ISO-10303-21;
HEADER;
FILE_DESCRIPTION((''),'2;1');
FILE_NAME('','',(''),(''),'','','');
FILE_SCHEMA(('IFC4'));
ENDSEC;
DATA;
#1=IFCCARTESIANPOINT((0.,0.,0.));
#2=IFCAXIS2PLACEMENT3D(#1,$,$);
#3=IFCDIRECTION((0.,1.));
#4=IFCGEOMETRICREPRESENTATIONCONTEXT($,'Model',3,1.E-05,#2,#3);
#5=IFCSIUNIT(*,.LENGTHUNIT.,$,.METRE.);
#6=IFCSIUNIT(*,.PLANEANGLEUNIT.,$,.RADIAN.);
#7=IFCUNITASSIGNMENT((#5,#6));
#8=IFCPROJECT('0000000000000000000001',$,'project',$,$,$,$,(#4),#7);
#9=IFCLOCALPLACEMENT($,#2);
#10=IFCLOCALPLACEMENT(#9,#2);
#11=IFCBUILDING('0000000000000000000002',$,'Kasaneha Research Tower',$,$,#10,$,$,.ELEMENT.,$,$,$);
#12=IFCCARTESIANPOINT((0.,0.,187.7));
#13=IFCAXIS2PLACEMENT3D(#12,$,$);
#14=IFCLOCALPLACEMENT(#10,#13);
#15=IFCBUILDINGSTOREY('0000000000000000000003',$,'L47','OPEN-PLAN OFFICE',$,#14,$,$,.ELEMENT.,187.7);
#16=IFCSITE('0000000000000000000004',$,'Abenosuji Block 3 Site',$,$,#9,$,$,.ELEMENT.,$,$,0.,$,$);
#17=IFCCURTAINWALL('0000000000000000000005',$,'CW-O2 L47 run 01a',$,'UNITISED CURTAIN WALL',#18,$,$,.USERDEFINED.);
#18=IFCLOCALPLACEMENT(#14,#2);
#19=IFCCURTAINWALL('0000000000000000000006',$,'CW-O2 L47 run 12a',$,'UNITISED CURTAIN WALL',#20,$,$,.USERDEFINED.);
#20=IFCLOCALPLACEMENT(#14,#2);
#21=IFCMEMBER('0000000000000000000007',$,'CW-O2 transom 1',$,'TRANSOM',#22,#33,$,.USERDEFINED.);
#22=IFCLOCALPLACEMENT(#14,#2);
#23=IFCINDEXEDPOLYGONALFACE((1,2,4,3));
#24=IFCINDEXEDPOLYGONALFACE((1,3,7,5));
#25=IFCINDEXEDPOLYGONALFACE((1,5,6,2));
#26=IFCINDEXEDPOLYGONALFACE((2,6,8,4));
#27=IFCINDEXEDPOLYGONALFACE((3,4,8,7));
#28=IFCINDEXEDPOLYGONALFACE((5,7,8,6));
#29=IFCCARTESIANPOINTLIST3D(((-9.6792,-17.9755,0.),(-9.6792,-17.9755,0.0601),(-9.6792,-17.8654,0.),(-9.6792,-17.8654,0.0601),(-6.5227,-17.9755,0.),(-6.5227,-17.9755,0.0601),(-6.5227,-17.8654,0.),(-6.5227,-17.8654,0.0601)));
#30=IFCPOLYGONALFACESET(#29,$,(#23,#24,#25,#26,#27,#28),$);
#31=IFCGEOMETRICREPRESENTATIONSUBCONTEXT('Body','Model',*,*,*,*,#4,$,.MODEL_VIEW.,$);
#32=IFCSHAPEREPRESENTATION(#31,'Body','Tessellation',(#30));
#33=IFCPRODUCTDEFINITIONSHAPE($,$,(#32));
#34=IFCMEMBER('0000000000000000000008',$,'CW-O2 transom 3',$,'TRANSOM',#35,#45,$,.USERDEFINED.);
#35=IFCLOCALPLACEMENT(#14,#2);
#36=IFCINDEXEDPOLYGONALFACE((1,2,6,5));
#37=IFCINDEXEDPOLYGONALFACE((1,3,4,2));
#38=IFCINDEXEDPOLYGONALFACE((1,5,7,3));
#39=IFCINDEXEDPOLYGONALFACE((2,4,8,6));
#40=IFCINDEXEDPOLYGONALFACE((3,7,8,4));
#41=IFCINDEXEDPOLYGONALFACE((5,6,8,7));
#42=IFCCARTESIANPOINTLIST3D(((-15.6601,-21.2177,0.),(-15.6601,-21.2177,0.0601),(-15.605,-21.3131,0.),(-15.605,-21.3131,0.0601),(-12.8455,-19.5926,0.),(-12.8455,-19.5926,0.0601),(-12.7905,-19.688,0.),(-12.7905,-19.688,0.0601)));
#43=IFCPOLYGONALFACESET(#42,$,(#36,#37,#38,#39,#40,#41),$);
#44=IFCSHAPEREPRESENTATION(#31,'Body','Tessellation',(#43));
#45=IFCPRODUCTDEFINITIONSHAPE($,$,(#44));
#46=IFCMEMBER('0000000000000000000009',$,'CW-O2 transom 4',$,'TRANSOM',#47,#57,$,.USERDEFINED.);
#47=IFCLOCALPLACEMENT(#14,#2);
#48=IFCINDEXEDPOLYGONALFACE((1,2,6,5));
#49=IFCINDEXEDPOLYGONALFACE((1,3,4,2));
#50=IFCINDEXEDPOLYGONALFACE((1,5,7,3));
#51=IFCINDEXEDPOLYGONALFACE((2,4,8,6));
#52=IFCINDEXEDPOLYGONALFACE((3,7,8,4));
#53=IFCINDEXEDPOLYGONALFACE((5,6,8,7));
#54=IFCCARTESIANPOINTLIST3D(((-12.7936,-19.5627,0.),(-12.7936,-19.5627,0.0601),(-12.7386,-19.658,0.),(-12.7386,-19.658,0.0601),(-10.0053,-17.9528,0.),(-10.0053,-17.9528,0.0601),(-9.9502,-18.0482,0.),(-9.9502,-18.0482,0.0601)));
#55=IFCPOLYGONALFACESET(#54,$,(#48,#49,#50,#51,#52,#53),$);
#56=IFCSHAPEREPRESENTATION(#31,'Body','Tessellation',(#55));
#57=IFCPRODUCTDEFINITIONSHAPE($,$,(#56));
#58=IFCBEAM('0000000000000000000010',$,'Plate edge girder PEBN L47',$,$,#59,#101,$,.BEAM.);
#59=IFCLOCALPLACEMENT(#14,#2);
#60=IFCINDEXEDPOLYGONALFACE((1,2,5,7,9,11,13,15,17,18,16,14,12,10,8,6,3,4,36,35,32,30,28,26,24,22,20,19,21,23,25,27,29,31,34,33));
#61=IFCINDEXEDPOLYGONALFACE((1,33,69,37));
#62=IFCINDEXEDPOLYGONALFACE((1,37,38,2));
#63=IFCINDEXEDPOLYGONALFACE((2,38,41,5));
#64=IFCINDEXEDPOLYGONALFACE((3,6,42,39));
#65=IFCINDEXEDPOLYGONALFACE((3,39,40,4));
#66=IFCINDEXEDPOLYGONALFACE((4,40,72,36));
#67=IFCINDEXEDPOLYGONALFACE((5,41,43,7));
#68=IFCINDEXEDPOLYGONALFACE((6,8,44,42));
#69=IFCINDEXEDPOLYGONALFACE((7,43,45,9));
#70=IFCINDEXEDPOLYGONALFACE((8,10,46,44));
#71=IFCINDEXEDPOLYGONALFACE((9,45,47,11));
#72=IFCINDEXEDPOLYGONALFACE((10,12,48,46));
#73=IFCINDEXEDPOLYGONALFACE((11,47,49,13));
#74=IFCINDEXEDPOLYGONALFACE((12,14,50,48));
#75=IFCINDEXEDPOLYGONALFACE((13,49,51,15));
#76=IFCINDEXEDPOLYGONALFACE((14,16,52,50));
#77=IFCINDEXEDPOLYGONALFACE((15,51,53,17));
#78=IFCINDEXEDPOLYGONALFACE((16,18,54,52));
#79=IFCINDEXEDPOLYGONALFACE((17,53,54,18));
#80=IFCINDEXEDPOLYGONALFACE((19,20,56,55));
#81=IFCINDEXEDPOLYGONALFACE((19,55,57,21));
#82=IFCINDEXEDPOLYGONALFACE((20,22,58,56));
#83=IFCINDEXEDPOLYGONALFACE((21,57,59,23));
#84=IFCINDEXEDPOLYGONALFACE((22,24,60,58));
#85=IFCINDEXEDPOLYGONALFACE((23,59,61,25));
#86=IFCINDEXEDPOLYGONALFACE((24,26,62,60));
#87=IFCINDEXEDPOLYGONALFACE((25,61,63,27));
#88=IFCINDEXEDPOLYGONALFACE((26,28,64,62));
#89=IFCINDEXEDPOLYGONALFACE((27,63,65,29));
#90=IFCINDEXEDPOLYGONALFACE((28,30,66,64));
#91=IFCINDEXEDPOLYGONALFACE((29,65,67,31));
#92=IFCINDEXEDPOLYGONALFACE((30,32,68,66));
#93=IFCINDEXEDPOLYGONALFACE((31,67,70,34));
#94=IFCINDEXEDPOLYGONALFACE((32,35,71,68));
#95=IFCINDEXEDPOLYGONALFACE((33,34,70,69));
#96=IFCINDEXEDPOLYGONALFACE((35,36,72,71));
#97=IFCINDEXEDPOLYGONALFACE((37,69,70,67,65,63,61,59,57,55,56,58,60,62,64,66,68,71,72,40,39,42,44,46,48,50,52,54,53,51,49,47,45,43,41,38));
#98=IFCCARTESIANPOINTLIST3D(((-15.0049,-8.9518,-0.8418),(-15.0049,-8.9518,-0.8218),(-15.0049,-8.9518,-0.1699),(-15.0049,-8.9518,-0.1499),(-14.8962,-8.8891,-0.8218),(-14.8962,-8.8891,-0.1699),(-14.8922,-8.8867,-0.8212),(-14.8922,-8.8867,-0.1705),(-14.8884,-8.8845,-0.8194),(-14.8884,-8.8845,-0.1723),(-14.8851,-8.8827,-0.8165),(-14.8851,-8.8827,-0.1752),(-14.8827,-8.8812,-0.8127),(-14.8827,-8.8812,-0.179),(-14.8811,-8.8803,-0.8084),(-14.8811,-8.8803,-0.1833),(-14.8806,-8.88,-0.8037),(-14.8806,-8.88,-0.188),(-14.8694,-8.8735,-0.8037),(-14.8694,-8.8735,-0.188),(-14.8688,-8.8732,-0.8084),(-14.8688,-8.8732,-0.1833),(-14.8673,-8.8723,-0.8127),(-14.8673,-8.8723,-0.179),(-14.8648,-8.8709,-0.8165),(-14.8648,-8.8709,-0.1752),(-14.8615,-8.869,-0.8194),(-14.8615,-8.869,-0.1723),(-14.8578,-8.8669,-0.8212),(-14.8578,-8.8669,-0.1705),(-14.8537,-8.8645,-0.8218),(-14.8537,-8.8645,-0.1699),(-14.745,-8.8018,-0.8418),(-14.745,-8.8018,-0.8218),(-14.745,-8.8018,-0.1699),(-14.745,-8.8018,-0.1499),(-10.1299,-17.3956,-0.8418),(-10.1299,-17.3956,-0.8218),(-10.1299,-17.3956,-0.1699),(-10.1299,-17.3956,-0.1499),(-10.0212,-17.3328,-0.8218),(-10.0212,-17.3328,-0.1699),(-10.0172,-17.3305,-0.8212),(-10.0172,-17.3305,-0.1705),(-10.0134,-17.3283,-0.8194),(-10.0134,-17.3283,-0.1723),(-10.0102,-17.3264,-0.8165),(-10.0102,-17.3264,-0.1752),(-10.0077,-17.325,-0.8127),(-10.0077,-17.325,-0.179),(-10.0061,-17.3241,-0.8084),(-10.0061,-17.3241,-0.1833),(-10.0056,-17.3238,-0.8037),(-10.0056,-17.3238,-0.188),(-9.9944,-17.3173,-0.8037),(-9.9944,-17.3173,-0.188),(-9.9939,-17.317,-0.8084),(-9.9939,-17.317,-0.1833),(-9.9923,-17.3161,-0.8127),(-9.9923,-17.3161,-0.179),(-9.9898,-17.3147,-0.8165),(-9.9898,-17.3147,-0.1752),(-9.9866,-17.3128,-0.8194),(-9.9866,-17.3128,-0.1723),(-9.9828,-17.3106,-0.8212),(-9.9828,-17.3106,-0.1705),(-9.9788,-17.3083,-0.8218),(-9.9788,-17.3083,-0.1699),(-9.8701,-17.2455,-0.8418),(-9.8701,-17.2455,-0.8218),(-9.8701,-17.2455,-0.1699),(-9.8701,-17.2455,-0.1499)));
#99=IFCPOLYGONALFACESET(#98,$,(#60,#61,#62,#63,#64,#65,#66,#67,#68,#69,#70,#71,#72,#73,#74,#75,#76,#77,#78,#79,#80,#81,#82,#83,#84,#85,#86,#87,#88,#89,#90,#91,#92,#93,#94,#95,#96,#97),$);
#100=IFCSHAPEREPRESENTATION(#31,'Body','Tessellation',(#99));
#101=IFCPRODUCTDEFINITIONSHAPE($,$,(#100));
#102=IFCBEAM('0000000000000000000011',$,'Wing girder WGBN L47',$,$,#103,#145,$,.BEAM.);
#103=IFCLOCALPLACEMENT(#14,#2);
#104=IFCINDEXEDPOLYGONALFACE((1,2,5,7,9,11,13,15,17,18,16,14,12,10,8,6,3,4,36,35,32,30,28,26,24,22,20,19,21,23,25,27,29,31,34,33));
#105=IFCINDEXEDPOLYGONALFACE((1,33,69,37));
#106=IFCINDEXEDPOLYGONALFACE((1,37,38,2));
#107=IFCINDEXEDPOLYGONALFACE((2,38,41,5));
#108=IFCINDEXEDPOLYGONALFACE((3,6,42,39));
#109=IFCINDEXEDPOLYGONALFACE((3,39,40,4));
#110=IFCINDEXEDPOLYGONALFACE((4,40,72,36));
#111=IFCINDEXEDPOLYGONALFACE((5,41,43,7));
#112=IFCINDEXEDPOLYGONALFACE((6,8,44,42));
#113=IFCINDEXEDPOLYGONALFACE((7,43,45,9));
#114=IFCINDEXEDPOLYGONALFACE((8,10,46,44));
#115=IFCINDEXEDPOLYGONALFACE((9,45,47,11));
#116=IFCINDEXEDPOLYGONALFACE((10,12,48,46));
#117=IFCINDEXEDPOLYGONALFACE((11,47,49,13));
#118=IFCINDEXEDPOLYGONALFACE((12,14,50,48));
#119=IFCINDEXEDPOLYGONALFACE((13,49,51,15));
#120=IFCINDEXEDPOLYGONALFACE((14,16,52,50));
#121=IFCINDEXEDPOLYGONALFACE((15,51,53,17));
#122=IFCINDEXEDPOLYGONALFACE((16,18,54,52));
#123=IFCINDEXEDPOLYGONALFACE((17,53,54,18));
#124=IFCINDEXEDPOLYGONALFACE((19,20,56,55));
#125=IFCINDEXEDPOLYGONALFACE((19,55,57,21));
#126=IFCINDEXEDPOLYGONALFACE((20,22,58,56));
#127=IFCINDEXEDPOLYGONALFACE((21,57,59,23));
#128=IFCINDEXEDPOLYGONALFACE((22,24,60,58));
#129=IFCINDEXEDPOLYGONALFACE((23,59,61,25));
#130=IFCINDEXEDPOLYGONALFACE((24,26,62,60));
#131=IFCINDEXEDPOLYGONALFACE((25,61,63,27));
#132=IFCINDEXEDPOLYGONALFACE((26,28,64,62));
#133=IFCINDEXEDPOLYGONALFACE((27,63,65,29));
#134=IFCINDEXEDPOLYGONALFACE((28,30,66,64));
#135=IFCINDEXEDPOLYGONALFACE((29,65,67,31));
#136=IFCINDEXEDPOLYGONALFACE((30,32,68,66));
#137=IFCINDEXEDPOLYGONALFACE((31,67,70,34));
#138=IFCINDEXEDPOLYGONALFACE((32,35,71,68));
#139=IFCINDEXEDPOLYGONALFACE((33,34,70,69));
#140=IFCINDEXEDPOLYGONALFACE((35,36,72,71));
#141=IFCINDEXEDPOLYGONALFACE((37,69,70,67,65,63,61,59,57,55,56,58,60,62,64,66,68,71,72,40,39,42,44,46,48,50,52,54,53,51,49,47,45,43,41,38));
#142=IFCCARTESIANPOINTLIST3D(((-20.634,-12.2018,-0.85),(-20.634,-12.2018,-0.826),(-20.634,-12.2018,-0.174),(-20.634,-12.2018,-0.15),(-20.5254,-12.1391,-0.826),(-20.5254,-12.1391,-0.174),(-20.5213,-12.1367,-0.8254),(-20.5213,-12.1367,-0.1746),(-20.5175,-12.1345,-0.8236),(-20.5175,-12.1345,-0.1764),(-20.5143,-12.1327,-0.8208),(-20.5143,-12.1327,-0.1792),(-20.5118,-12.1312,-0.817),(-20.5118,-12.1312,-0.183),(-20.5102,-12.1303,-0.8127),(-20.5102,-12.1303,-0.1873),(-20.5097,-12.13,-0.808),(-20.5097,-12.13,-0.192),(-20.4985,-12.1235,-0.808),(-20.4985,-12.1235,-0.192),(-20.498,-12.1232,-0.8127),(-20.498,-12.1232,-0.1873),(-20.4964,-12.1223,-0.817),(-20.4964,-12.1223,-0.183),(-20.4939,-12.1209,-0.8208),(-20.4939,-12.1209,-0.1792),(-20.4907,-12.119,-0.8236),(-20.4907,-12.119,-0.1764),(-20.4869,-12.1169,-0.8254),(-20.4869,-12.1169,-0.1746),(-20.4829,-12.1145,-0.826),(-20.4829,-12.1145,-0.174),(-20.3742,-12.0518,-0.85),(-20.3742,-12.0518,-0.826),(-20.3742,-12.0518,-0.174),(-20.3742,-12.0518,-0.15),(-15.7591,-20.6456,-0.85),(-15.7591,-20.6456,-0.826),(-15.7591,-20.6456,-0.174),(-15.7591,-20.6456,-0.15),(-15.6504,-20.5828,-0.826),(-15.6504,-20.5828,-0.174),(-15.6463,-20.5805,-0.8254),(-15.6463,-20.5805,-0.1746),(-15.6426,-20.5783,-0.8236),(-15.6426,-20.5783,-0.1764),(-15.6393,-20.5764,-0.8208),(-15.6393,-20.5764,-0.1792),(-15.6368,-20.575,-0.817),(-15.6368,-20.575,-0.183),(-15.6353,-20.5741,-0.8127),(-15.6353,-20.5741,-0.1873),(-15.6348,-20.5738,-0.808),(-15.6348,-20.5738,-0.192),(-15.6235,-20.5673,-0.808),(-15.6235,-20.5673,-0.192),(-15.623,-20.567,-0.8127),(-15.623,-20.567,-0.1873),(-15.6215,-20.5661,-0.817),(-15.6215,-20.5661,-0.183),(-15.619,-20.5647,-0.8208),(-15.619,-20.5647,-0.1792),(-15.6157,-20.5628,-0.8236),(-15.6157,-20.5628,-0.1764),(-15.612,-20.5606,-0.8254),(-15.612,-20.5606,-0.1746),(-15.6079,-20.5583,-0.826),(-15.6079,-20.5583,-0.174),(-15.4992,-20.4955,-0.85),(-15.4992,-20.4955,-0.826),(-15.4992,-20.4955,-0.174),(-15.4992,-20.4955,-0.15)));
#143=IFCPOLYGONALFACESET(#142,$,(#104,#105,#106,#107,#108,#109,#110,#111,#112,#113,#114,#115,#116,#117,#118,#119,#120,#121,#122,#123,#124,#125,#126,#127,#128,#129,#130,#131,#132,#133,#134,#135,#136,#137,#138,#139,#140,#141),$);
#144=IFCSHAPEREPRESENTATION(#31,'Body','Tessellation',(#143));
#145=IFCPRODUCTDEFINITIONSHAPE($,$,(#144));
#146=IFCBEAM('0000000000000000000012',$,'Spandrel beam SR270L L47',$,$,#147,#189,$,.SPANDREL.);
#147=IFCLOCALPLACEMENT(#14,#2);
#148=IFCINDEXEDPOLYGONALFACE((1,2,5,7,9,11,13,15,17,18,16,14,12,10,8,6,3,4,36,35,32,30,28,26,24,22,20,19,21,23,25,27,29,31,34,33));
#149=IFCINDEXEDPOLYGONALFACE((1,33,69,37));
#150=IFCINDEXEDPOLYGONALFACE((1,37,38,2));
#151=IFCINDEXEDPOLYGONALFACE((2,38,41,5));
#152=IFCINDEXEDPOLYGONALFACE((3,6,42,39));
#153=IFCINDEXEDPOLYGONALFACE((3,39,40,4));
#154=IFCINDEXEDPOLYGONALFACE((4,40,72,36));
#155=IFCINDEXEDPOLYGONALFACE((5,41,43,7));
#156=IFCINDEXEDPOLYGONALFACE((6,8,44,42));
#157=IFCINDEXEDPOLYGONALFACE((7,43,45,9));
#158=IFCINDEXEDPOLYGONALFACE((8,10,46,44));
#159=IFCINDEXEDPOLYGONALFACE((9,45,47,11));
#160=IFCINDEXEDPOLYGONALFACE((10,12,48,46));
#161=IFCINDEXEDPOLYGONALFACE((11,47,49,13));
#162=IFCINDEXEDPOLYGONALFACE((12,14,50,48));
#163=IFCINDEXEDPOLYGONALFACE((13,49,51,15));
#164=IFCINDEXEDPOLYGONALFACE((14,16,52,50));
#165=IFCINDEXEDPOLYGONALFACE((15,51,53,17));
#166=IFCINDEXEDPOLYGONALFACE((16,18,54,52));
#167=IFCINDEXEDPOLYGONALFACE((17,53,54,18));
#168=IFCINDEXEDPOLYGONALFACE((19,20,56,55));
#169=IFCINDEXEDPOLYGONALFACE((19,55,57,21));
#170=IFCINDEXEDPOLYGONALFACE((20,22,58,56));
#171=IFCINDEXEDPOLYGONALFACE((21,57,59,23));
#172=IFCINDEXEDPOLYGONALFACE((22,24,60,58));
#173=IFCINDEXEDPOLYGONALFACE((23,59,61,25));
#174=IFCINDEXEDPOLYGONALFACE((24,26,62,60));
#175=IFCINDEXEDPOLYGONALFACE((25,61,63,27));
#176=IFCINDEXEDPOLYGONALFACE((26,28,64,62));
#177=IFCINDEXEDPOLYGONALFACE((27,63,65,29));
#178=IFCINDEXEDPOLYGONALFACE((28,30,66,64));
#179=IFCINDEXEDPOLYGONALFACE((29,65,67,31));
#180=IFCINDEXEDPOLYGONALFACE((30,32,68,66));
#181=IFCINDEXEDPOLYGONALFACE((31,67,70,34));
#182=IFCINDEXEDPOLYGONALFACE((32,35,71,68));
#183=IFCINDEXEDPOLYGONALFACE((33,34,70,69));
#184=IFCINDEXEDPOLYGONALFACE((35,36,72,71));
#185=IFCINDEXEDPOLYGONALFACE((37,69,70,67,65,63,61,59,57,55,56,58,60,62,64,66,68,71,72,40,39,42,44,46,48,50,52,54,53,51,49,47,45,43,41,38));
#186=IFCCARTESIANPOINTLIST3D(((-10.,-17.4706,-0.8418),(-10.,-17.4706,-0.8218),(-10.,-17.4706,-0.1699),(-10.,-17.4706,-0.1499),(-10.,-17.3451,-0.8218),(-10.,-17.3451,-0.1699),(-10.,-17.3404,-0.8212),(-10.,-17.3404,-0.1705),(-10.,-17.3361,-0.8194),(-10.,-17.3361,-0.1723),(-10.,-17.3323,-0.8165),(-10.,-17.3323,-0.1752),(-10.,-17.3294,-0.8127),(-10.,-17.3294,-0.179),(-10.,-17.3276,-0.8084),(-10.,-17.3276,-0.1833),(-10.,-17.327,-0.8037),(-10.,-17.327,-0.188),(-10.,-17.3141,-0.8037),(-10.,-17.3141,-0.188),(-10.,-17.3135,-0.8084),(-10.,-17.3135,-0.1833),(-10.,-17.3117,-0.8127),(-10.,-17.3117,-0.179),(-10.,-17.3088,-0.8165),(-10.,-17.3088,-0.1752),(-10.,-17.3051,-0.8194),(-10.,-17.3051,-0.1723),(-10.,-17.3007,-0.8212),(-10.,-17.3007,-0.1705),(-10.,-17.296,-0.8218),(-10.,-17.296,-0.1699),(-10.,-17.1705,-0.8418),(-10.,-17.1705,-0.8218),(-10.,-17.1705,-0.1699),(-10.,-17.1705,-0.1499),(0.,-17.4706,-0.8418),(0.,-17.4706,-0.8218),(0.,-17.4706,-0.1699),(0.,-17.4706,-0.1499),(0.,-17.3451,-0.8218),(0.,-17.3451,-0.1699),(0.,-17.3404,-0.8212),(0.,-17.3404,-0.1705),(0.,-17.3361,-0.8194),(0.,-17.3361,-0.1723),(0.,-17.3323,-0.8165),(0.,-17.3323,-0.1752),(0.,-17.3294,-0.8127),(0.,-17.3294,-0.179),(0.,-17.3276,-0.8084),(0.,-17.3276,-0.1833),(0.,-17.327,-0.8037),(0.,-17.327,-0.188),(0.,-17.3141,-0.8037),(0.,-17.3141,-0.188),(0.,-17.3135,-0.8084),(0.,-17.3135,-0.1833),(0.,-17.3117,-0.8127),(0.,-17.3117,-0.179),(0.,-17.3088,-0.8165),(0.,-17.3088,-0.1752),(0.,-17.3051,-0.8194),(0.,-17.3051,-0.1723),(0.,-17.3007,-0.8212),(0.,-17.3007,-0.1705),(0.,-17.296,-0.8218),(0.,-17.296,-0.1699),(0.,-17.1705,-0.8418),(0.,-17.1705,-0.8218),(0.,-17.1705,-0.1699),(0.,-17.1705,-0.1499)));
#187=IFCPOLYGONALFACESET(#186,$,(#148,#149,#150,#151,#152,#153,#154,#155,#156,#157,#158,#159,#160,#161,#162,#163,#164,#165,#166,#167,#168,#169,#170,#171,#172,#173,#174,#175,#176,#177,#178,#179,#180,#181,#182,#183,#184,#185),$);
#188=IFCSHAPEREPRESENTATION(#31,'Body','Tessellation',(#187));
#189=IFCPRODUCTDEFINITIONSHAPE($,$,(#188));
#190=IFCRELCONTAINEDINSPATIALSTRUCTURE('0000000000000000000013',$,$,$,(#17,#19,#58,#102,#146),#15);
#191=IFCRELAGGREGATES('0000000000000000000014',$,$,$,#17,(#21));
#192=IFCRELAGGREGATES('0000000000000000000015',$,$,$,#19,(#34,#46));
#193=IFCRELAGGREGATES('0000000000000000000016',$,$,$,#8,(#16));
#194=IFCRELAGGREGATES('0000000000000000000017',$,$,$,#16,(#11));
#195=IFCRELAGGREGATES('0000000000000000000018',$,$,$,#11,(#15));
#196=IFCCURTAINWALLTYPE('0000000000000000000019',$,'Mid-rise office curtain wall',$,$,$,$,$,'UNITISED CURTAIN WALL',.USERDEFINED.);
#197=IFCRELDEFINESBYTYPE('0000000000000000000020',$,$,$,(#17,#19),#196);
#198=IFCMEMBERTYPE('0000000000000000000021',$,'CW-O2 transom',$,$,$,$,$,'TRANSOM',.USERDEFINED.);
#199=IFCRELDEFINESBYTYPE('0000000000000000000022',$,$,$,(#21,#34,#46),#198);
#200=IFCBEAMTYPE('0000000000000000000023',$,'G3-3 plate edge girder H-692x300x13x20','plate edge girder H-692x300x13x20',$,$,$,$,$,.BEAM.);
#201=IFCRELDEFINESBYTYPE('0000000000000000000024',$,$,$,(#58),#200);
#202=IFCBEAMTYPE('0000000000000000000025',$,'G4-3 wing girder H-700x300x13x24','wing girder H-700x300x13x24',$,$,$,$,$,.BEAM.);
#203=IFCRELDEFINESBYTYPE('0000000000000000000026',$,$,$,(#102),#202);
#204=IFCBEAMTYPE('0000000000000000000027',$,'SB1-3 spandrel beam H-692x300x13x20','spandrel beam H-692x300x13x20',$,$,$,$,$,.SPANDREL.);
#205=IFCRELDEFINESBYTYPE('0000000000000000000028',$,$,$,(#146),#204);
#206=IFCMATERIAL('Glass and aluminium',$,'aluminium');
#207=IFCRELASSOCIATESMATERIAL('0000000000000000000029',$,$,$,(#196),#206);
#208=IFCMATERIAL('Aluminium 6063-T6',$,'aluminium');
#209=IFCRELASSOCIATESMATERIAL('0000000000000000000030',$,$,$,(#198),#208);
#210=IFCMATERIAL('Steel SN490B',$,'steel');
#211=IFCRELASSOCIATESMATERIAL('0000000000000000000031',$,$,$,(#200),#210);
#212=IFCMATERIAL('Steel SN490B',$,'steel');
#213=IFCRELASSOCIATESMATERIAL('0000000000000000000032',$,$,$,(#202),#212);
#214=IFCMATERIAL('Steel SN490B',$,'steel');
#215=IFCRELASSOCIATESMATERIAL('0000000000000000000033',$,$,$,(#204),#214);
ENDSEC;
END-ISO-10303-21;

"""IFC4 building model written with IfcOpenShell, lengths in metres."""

from ifc_helpers import new_model, si_unit, direction, frame, origin, origin_2d, place, context, subcontext, project, spatial, rectangle, i_section, extrude, material, material_profile, profile_set, type_object, element, aggregate, save


model = new_model("IFC4")

# Units and contexts
model_context = context("Model", 3, precision=1e-05, world=origin(), true_north=direction((0.0, 1.0)))
body_context = subcontext(model_context, "Body", "Model", "MODEL_VIEW")
ifc_project = project(units=[si_unit("LENGTHUNIT", "METRE"), si_unit("PLANEANGLEUNIT", "RADIAN")], contexts=[model_context])

# Site, building, storey
site_placement = place(None, origin())
site = spatial("IfcSite", under=ifc_project, at=site_placement, Name="Abenosuji Block 3 Site", CompositionType="ELEMENT", RefElevation=0.0)
building_placement = place(site_placement, origin())
building = spatial("IfcBuilding", under=site, at=building_placement, Name="Kasaneha Research Tower", CompositionType="ELEMENT")
storey_placement = place(building_placement, frame((0.0, 0.0, 187.7)))
storey = spatial("IfcBuildingStorey", under=building, at=storey_placement, Name="L47", Description="OPEN-PLAN OFFICE", CompositionType="ELEMENT", Elevation=187.7)

# Curtain wall
ifc_material_1 = material(Name="Glass and aluminium", Category="aluminium")
curtain_wall_type = type_object("IfcCurtainWallType", Name="Mid-rise office curtain wall", ElementType="UNITISED CURTAIN WALL", PredefinedType="USERDEFINED", material=ifc_material_1)
curtain_wall_1_placement = place(storey_placement, origin())
curtain_wall_1 = element("IfcCurtainWall", 1, at=curtain_wall_1_placement, inside=storey, type_object=curtain_wall_type, Name="CW-O2 L47 run 01a", ObjectType="UNITISED CURTAIN WALL", PredefinedType="USERDEFINED")

# Curtain wall
curtain_wall_2_placement = place(storey_placement, origin())
curtain_wall_2 = element("IfcCurtainWall", 2, at=curtain_wall_2_placement, inside=storey, type_object=curtain_wall_type, Name="CW-O2 L47 run 12a", ObjectType="UNITISED CURTAIN WALL", PredefinedType="USERDEFINED")

# Members
ifc_material_2 = material(Name="Aluminium 6063-T6", Category="aluminium")
ifc_material_profile_1 = material_profile(ifc_material_2, rectangle(XDim=0.1101, YDim=0.0601, at=origin_2d()), Name="CW-O2 transom 110x60")
ifc_profile_set_1 = profile_set([ifc_material_profile_1], Name="Aluminium 6063-T6")
member_type_1 = type_object("IfcMemberType", Name="CW-O2 transom", ElementType="TRANSOM", PredefinedType="USERDEFINED", material=ifc_profile_set_1)
member_1_placement = place(storey_placement, frame((-9.6792, -17.9204, 0.03), z_axis=(1.0, 0.0, 0.0), x_axis=(0.0, 1.0, 0.0)))
member_1 = element("IfcMember", 3, at=member_1_placement, type_object=member_type_1, Name="CW-O2 transom 1", ObjectType="TRANSOM", PredefinedType="USERDEFINED", context=body_context, shape_type="SweptSolid", body=[
    extrude(rectangle(XDim=0.1101, YDim=0.0601, at=origin_2d()), origin(), (0.0, 0.0, 1.0), 3.1565),
])
aggregate(curtain_wall_1, [member_1])
member_2_placement = place(storey_placement, frame((-15.6326, -21.2654, 0.03), z_axis=(0.866015, 0.500017, 0.0), x_axis=(-0.500017, 0.866015, 0.0)))
member_2 = element("IfcMember", 4, at=member_2_placement, type_object=member_type_1, Name="CW-O2 transom 3", ObjectType="TRANSOM", PredefinedType="USERDEFINED", context=body_context, shape_type="SweptSolid", body=[
    extrude(rectangle(XDim=0.1101, YDim=0.0601, at=origin_2d()), origin(), (0.0, 0.0, 1.0), 3.25),
])
member_3_placement = place(storey_placement, frame((-12.7661, -19.6104, 0.03), z_axis=(0.866023, 0.500005, 0.0), x_axis=(-0.500005, 0.866023, 0.0)))
member_3 = element("IfcMember", 5, at=member_3_placement, type_object=member_type_1, Name="CW-O2 transom 4", ObjectType="TRANSOM", PredefinedType="USERDEFINED", context=body_context, shape_type="SweptSolid", body=[
    extrude(rectangle(XDim=0.1101, YDim=0.0601, at=origin_2d()), origin(), (0.0, 0.0, 1.0), 3.2197),
])

# Beams
ifc_material_3 = material(Name="Steel SN490B", Category="steel")
ifc_material_profile_2 = material_profile(ifc_material_3, i_section(OverallWidth=0.3, OverallDepth=0.6919, WebThickness=0.0129, FlangeThickness=0.02, FilletRadius=0.0181, at=origin_2d()), Name="H-692x300x13x20")
ifc_profile_set_2 = profile_set([ifc_material_profile_2], Name="Steel SN490B")
beam_type_1 = type_object("IfcBeamType", Name="G3-3 plate edge girder H-692x300x13x20", Description="plate edge girder H-692x300x13x20", PredefinedType="BEAM", material=ifc_profile_set_2)
beam_1_placement = place(storey_placement, frame((-10.0, -17.3206, -0.4958), z_axis=(-0.499996, 0.866028, 0.0), x_axis=(-0.866028, -0.499996, 0.0)))
element("IfcBeam", 6, at=beam_1_placement, inside=storey, type_object=beam_type_1, Name="Plate edge girder PEBN L47", PredefinedType="BEAM", context=body_context, shape_type="SweptSolid", body=[
    extrude(i_section(OverallWidth=0.3, OverallDepth=0.6919, WebThickness=0.0129, FlangeThickness=0.02, FilletRadius=0.0181, at=origin_2d()), origin(), (0.0, 0.0, 1.0), 9.75),
])
ifc_material_4 = material(Name="Steel SN490B", Category="steel")
ifc_material_profile_3 = material_profile(ifc_material_4, i_section(OverallWidth=0.3, OverallDepth=0.7, WebThickness=0.0129, FlangeThickness=0.0239, FilletRadius=0.0181, at=origin_2d()), Name="H-700x300x13x24")
ifc_profile_set_3 = profile_set([ifc_material_profile_3], Name="Steel SN490B")
beam_type_2 = type_object("IfcBeamType", Name="G4-3 wing girder H-700x300x13x24", Description="wing girder H-700x300x13x24", PredefinedType="BEAM", material=ifc_profile_set_3)
beam_2_placement = place(storey_placement, frame((-15.6292, -20.5706, -0.5), z_axis=(-0.499996, 0.866028, 0.0), x_axis=(-0.866028, -0.499996, 0.0)))
element("IfcBeam", 7, at=beam_2_placement, inside=storey, type_object=beam_type_2, Name="Wing girder WGBN L47", PredefinedType="BEAM", context=body_context, shape_type="SweptSolid", body=[
    extrude(i_section(OverallWidth=0.3, OverallDepth=0.7, WebThickness=0.0129, FlangeThickness=0.0239, FilletRadius=0.0181, at=origin_2d()), origin(), (0.0, 0.0, 1.0), 9.75),
])
ifc_material_5 = material(Name="Steel SN490B", Category="steel")
ifc_material_profile_4 = material_profile(ifc_material_5, i_section(OverallWidth=0.3, OverallDepth=0.6919, WebThickness=0.0129, FlangeThickness=0.02, FilletRadius=0.0181, at=origin_2d()), Name="H-692x300x13x20")
ifc_profile_set_4 = profile_set([ifc_material_profile_4], Name="Steel SN490B")
beam_type_3 = type_object("IfcBeamType", Name="SB1-3 spandrel beam H-692x300x13x20", Description="spandrel beam H-692x300x13x20", PredefinedType="SPANDREL", material=ifc_profile_set_4)
beam_3_placement = place(storey_placement, frame((-10.0, -17.3206, -0.4958), z_axis=(1.0, 0.0, 0.0), x_axis=(0.0, 1.0, 0.0)))
element("IfcBeam", 8, at=beam_3_placement, inside=storey, type_object=beam_type_3, Name="Spandrel beam SR270L L47", PredefinedType="SPANDREL", context=body_context, shape_type="SweptSolid", body=[
    extrude(i_section(OverallWidth=0.3, OverallDepth=0.6919, WebThickness=0.0129, FlangeThickness=0.02, FilletRadius=0.0181, at=origin_2d()), origin(), (0.0, 0.0, 1.0), 10.0),
])

aggregate(curtain_wall_2, [member_2, member_3])

save(model, "model.ifc")
